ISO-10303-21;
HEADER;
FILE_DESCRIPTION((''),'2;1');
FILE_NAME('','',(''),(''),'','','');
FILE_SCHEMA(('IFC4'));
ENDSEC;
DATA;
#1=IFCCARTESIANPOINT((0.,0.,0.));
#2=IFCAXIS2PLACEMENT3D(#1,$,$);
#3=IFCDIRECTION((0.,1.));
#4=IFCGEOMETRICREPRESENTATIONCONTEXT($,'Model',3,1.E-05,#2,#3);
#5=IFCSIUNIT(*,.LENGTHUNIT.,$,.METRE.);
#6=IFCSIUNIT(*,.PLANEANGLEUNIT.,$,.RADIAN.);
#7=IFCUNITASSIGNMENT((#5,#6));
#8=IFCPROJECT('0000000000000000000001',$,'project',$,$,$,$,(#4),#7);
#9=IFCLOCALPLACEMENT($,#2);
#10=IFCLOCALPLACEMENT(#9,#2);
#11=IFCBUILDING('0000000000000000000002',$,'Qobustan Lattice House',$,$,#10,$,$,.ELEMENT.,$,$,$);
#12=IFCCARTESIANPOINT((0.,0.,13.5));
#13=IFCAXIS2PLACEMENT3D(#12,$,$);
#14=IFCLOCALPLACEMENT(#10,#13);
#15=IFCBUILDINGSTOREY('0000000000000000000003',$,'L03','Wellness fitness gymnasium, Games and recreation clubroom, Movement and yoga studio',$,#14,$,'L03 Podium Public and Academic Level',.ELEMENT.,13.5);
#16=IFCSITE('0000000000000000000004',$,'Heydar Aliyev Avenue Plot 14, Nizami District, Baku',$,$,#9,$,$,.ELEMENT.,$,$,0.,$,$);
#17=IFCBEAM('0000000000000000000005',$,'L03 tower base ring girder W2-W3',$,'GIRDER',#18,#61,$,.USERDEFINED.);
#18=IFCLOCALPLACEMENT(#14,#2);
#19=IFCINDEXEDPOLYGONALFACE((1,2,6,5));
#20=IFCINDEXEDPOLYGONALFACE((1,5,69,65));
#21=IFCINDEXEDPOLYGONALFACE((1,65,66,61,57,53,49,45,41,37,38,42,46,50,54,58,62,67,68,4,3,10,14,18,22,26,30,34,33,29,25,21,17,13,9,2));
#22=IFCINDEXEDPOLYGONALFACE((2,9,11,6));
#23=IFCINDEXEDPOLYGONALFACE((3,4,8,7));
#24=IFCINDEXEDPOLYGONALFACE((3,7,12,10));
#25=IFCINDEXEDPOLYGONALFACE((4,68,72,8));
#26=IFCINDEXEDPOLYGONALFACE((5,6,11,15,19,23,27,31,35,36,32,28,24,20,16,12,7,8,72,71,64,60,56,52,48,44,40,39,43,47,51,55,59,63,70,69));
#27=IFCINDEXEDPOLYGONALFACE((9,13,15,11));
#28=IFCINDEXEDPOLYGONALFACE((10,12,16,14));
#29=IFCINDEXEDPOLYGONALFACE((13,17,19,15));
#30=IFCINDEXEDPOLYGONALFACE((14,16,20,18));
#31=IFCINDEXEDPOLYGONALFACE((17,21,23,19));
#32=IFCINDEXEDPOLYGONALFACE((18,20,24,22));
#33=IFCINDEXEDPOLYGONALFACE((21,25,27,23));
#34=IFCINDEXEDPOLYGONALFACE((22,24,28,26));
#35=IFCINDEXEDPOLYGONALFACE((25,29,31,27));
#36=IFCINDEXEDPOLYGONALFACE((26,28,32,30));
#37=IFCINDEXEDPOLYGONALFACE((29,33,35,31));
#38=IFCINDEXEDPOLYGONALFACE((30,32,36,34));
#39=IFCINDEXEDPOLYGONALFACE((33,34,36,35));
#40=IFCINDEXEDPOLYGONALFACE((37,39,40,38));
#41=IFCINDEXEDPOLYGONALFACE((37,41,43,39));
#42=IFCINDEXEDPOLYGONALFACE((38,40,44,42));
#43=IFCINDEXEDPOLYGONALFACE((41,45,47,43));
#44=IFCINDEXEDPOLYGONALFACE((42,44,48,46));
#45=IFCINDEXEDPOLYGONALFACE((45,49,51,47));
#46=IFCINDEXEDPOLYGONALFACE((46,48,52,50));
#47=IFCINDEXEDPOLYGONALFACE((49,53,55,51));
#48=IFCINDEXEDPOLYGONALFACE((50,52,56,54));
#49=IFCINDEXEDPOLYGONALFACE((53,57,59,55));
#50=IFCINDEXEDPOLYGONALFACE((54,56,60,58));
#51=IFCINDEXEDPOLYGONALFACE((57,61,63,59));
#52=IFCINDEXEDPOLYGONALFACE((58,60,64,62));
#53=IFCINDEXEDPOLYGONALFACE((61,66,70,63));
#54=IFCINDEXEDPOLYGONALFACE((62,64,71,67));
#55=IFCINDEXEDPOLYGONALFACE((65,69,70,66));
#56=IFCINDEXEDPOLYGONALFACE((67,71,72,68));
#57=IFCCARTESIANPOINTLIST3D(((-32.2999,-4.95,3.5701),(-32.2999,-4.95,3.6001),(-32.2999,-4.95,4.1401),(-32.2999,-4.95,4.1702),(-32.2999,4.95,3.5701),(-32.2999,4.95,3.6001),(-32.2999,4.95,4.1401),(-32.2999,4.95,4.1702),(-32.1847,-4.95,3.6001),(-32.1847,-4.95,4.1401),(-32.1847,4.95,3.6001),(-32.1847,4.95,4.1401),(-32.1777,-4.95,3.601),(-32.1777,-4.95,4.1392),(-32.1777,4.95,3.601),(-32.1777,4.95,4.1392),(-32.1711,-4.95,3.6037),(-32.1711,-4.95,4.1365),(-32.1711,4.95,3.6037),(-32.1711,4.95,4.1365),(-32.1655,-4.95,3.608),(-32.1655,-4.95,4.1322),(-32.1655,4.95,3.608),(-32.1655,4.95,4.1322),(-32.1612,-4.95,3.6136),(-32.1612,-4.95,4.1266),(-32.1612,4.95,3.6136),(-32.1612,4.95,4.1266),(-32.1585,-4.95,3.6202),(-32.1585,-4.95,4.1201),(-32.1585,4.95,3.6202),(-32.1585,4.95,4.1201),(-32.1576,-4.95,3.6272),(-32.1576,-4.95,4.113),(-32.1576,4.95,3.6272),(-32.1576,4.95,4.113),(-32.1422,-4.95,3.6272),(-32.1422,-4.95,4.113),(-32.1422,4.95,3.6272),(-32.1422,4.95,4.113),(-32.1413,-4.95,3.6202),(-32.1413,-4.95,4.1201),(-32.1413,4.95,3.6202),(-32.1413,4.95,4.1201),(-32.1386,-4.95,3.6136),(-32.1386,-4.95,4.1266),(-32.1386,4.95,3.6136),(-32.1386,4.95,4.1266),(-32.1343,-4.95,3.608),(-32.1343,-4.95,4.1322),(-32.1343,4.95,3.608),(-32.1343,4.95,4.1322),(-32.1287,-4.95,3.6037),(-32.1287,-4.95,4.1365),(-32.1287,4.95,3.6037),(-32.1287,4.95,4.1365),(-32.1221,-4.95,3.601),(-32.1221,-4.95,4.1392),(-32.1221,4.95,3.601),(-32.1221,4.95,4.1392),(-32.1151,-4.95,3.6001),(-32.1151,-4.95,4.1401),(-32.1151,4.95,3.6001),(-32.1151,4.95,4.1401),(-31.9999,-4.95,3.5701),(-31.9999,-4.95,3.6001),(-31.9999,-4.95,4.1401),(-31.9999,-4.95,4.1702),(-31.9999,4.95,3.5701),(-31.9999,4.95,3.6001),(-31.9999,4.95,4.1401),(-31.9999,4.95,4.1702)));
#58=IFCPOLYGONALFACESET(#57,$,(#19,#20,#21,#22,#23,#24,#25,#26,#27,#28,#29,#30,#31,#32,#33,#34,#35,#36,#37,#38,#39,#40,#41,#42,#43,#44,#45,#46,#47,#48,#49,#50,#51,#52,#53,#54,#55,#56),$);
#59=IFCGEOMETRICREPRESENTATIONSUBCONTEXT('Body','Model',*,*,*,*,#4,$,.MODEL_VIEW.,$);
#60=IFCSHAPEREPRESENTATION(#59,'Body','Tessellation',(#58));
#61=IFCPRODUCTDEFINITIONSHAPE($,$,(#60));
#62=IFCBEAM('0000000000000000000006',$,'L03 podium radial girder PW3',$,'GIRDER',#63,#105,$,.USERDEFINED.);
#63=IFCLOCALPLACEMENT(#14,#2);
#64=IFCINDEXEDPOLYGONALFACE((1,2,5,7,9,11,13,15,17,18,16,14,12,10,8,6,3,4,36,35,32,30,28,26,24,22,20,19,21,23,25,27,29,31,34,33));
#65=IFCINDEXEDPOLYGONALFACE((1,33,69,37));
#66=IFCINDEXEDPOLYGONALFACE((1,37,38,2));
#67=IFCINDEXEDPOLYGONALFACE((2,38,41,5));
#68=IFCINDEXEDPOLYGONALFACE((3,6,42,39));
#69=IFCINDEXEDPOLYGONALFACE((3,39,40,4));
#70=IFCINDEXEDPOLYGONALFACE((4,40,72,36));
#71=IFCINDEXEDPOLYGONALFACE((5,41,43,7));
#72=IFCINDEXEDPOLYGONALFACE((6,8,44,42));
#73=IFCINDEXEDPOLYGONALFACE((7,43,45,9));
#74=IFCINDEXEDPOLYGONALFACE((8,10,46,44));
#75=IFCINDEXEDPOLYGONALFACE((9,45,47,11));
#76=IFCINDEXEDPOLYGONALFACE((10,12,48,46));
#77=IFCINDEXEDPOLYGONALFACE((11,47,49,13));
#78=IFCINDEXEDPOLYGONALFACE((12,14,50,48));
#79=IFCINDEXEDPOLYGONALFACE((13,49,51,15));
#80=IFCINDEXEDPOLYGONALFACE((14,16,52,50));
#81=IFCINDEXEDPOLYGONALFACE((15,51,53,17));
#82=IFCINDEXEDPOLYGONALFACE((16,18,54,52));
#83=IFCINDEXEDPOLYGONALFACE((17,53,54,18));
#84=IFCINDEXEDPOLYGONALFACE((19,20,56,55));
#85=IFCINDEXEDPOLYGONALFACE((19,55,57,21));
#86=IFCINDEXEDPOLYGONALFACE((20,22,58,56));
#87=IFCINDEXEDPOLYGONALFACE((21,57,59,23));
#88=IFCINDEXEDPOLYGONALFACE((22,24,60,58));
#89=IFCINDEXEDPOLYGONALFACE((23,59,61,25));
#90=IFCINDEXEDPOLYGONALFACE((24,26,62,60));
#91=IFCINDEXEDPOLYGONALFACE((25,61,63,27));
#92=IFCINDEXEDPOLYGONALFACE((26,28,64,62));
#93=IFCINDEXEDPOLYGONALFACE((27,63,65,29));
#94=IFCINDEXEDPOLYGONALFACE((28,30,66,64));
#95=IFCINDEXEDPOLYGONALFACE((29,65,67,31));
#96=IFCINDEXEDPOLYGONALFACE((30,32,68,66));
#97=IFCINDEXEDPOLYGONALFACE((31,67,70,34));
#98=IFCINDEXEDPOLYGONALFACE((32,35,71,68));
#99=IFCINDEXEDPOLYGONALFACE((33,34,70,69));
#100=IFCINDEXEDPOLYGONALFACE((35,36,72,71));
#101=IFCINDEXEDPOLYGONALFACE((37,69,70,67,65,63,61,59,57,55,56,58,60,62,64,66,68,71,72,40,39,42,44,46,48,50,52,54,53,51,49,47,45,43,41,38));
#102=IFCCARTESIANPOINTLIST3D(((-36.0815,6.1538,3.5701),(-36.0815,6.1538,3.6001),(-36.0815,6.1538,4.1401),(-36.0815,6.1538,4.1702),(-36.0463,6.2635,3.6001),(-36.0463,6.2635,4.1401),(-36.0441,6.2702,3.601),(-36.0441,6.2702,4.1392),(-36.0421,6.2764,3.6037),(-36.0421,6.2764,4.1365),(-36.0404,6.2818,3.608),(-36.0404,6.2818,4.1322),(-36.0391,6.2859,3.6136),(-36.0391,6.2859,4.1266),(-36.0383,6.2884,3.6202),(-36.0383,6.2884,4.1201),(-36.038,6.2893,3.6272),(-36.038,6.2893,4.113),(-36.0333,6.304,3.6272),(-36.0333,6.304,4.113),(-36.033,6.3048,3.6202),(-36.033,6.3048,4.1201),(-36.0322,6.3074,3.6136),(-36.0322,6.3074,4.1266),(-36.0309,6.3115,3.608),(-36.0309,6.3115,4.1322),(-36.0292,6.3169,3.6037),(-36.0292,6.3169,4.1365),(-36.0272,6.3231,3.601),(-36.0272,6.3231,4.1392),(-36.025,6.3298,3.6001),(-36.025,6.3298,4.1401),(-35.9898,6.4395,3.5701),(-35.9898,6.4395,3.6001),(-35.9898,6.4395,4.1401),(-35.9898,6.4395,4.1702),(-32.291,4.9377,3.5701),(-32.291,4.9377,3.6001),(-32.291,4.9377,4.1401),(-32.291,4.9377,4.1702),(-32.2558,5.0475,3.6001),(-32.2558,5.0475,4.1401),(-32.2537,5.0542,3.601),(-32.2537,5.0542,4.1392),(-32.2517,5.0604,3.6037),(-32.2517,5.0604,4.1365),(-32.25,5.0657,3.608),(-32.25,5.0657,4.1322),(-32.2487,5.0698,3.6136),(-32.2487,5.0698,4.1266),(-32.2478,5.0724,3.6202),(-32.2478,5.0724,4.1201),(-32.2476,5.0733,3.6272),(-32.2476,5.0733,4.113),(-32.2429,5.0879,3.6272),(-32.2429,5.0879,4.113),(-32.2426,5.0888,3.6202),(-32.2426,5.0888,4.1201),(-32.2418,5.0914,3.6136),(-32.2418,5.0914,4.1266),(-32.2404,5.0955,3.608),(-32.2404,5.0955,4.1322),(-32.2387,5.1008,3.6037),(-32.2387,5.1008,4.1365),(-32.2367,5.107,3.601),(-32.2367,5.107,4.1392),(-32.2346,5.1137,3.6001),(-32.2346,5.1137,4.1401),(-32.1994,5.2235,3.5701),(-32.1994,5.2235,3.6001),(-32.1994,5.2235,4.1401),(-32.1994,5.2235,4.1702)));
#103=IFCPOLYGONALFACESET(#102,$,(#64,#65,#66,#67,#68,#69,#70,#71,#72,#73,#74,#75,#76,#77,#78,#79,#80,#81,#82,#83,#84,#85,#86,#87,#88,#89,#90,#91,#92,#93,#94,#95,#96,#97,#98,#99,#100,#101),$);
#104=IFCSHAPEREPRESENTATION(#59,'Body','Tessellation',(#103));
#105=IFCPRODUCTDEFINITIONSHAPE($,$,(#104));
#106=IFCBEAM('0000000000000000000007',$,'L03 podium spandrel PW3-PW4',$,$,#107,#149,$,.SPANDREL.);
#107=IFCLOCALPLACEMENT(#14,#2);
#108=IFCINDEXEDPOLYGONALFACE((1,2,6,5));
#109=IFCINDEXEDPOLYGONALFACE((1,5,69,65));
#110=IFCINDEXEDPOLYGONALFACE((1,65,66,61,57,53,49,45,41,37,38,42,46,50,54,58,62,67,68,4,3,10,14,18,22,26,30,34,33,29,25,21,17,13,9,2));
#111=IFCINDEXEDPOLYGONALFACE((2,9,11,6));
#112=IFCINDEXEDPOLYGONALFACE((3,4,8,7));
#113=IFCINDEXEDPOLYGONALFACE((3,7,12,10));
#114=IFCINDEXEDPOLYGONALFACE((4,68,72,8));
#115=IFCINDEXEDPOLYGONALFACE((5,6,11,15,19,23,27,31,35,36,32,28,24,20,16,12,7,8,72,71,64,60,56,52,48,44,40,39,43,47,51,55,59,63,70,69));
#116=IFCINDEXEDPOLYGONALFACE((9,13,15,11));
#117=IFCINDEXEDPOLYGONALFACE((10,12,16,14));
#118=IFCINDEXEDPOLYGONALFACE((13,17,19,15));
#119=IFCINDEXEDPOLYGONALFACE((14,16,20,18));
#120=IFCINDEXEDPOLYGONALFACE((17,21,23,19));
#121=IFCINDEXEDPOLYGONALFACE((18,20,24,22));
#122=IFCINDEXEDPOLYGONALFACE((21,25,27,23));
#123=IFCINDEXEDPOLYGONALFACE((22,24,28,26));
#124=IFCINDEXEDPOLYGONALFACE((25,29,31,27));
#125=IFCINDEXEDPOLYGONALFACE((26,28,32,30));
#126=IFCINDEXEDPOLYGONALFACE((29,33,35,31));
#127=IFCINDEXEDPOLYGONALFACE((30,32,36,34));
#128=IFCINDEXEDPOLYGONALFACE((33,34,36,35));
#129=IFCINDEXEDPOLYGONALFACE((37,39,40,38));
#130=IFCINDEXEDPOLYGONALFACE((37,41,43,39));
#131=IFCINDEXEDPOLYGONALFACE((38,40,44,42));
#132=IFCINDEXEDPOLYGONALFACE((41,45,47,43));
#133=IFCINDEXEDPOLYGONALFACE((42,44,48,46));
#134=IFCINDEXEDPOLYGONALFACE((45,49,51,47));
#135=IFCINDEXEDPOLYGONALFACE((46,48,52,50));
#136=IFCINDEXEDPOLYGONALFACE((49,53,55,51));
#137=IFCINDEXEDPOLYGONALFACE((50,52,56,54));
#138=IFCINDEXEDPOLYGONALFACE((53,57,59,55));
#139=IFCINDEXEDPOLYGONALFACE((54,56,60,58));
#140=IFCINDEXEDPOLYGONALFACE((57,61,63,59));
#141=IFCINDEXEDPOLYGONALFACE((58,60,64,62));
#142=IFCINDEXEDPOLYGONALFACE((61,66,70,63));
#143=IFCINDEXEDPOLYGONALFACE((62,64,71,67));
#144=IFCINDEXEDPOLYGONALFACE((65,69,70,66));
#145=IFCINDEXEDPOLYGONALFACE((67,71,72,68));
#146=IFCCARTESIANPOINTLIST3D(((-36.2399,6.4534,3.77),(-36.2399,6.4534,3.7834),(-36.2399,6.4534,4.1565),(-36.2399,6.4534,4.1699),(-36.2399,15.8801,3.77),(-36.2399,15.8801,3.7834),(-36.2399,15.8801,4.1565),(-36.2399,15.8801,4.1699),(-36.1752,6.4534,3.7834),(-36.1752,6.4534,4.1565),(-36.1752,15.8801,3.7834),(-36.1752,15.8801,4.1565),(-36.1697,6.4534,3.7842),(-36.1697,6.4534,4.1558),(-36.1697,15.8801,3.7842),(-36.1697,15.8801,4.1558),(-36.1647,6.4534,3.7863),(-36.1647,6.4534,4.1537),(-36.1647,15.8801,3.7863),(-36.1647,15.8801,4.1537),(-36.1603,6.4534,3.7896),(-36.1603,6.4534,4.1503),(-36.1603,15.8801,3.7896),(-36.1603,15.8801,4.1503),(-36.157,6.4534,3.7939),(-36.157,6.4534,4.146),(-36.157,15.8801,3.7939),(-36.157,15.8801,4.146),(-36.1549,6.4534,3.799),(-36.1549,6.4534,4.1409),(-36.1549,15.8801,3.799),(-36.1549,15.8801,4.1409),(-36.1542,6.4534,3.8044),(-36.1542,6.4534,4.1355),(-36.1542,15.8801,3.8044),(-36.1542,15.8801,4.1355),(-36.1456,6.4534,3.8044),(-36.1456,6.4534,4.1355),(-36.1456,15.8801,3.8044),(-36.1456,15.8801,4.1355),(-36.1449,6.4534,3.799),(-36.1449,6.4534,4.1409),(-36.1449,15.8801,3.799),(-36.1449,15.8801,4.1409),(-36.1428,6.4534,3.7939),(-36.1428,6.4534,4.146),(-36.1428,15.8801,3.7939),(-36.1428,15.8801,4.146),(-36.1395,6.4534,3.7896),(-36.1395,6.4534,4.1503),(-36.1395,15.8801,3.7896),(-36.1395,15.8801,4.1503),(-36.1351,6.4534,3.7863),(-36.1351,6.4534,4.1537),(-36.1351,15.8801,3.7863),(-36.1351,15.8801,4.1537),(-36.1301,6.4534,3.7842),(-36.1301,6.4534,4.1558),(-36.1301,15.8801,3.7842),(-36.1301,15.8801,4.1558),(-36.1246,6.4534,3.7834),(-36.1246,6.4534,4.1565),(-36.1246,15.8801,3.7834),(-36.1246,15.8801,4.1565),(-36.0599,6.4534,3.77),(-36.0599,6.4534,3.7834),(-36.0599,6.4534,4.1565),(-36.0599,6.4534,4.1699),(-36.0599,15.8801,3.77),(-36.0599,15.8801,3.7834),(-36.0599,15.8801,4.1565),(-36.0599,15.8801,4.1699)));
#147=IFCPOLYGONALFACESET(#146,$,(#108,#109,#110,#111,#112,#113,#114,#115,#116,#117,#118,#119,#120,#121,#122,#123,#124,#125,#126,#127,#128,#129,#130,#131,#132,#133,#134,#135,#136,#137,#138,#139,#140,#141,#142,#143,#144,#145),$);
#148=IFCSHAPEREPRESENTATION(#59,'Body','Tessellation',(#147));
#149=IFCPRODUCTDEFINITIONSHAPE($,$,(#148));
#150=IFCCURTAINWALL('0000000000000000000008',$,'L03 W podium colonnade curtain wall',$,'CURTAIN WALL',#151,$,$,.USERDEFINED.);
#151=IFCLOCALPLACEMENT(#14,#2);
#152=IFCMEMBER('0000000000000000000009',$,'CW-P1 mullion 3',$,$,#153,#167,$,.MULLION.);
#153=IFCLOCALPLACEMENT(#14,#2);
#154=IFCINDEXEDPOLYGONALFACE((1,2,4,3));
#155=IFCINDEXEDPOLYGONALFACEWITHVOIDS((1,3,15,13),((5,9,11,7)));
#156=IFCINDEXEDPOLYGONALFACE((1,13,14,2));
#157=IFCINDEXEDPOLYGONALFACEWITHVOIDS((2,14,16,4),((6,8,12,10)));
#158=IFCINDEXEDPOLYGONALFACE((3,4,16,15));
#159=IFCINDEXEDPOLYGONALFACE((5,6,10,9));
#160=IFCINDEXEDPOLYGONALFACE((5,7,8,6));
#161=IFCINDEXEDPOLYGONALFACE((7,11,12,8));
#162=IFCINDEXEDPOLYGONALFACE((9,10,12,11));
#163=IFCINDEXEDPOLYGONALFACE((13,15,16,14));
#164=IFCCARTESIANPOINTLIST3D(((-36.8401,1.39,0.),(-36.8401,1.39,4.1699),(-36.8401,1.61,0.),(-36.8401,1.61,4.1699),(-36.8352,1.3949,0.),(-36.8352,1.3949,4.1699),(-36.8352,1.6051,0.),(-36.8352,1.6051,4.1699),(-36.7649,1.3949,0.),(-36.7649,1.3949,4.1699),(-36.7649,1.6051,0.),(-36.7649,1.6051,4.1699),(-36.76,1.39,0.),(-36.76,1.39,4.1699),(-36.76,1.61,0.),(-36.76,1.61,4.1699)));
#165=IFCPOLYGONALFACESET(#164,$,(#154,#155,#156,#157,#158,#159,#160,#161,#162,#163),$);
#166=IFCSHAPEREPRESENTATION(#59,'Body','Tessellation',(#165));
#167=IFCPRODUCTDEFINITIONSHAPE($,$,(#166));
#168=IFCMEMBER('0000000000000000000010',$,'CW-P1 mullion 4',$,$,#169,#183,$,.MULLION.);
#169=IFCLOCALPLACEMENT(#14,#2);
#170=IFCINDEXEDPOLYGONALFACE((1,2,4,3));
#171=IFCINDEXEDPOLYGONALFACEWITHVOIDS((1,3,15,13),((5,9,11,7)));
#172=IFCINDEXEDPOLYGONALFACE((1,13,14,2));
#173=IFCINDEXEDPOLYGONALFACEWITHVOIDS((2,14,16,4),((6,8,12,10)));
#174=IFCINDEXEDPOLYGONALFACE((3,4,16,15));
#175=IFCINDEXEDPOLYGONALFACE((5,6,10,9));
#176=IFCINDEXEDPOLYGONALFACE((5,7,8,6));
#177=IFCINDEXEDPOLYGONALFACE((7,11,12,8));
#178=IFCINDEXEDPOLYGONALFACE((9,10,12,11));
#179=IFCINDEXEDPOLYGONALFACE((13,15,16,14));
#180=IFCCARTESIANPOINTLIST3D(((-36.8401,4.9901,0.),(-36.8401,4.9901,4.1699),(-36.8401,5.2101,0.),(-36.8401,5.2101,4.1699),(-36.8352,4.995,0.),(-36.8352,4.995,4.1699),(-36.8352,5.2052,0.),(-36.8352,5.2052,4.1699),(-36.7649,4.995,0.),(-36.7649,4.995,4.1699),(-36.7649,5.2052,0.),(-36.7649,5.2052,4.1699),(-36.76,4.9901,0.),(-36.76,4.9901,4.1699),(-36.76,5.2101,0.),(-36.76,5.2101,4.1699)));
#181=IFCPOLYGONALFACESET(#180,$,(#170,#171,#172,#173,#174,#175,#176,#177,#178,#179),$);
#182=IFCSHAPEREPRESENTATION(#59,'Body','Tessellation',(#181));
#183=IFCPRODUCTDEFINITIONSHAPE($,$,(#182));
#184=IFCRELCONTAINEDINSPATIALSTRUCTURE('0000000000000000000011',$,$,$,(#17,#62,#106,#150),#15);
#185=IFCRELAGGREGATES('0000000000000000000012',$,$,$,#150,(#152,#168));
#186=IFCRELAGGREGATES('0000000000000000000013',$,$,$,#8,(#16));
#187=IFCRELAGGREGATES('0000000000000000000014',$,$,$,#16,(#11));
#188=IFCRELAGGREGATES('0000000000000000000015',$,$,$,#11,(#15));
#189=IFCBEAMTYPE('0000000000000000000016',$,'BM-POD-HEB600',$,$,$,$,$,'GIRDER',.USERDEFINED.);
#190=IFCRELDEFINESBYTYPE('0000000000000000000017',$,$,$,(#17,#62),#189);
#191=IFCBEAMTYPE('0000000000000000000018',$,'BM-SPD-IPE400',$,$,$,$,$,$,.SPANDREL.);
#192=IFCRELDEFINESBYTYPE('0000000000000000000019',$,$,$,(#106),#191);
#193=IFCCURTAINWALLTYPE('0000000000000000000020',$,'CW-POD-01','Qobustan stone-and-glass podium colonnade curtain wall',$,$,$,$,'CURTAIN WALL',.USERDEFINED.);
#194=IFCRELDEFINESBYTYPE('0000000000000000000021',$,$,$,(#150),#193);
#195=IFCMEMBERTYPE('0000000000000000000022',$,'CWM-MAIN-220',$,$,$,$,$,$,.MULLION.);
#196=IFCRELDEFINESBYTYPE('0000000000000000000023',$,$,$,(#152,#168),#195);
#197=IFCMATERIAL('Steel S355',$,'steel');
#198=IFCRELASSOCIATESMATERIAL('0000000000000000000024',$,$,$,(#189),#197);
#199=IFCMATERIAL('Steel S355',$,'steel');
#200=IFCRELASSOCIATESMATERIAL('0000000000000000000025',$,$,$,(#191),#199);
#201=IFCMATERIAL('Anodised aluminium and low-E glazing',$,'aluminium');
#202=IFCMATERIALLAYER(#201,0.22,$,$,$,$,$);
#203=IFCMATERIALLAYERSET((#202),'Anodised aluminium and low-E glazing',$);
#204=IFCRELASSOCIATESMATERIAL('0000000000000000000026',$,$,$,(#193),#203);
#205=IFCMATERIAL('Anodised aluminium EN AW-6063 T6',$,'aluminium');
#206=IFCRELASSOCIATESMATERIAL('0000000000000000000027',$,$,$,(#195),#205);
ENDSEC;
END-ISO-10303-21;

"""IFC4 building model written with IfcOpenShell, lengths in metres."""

from ifc_helpers import new_model, si_unit, direction, frame, origin, origin_2d, place, context, subcontext, project, spatial, hollow_rectangle, i_section, extrude, material, layer, layer_set, material_profile, profile_set, type_object, element, aggregate, save


model = new_model("IFC4")

# Units and contexts
model_context = context("Model", 3, precision=1e-05, world=origin(), true_north=direction((0.0, 1.0)))
body_context = subcontext(model_context, "Body", "Model", "MODEL_VIEW")
ifc_project = project(units=[si_unit("LENGTHUNIT", "METRE"), si_unit("PLANEANGLEUNIT", "RADIAN")], contexts=[model_context])

# Site, building, storey
site_placement = place(None, origin())
site = spatial("IfcSite", under=ifc_project, at=site_placement, Name="Heydar Aliyev Avenue Plot 14, Nizami District, Baku", CompositionType="ELEMENT", RefElevation=0.0)
building_placement = place(site_placement, origin())
building = spatial("IfcBuilding", under=site, at=building_placement, Name="Qobustan Lattice House", CompositionType="ELEMENT")
storey_placement = place(building_placement, frame((0.0, 0.0, 13.5)))
storey = spatial("IfcBuildingStorey", under=building, at=storey_placement, Name="L03", Description="Wellness fitness gymnasium, Games and recreation clubroom, Movement and yoga studio", LongName="L03 Podium Public and Academic Level", CompositionType="ELEMENT", Elevation=13.5)

# Beams
ifc_material_1 = material(Name="Steel S355", Category="steel")
ifc_material_profile_1 = material_profile(ifc_material_1, i_section(OverallWidth=0.3, OverallDepth=0.6001, WebThickness=0.0154, FlangeThickness=0.03, FilletRadius=0.0271, at=origin_2d()), Name="HEB600")
ifc_profile_set_1 = profile_set([ifc_material_profile_1], Name="Steel S355")
beam_type_1 = type_object("IfcBeamType", Name="BM-POD-HEB600", ElementType="GIRDER", PredefinedType="USERDEFINED", material=ifc_profile_set_1)
beam_1_placement = place(storey_placement, frame((-32.1499, 4.95, 3.8701), z_axis=(0.0, -1.0, 0.0), x_axis=(1.0, 0.0, 0.0)))
element("IfcBeam", 1, at=beam_1_placement, inside=storey, type_object=beam_type_1, Name="L03 tower base ring girder W2-W3", ObjectType="GIRDER", PredefinedType="USERDEFINED", context=body_context, shape_type="SweptSolid", body=[
    extrude(i_section(OverallWidth=0.3, OverallDepth=0.6001, WebThickness=0.0154, FlangeThickness=0.03, FilletRadius=0.0271, at=origin_2d()), origin(), (0.0, 0.0, 1.0), 9.8999),
])
beam_2_placement = place(storey_placement, frame((-36.0356, 6.2966, 3.8701), z_axis=(0.952198, -0.305481, 0.0), x_axis=(0.305481, 0.952198, 0.0)))
element("IfcBeam", 2, at=beam_2_placement, inside=storey, type_object=beam_type_1, Name="L03 podium radial girder PW3", ObjectType="GIRDER", PredefinedType="USERDEFINED", context=body_context, shape_type="SweptSolid", body=[
    extrude(i_section(OverallWidth=0.3, OverallDepth=0.6001, WebThickness=0.0154, FlangeThickness=0.03, FilletRadius=0.0271, at=origin_2d()), origin(), (0.0, 0.0, 1.0), 3.9807),
])
ifc_material_2 = material(Name="Steel S355", Category="steel")
ifc_material_profile_2 = material_profile(ifc_material_2, i_section(OverallWidth=0.1799, OverallDepth=0.3999, WebThickness=0.0085, FlangeThickness=0.0134, FilletRadius=0.021, at=origin_2d()), Name="IPE400")
ifc_profile_set_2 = profile_set([ifc_material_profile_2], Name="Steel S355")
beam_type_2 = type_object("IfcBeamType", Name="BM-SPD-IPE400", PredefinedType="SPANDREL", material=ifc_profile_set_2)
beam_3_placement = place(storey_placement, frame((-36.1499, 6.4534, 3.97), z_axis=(0.0, 1.0, 0.0), x_axis=(-1.0, 0.0, 0.0)))
element("IfcBeam", 3, at=beam_3_placement, inside=storey, type_object=beam_type_2, Name="L03 podium spandrel PW3-PW4", PredefinedType="SPANDREL", context=body_context, shape_type="SweptSolid", body=[
    extrude(i_section(OverallWidth=0.1799, OverallDepth=0.3999, WebThickness=0.0085, FlangeThickness=0.0134, FilletRadius=0.021, at=origin_2d()), origin(), (0.0, 0.0, 1.0), 9.4268),
])

# Curtain wall, members
ifc_material_3 = material(Name="Anodised aluminium and low-E glazing", Category="aluminium")
ifc_layer_1 = layer(ifc_material_3, 0.22)
ifc_layer_set_1 = layer_set([ifc_layer_1], Name="Anodised aluminium and low-E glazing")
curtain_wall_type = type_object("IfcCurtainWallType", Name="CW-POD-01", Description="Qobustan stone-and-glass podium colonnade curtain wall", ElementType="CURTAIN WALL", PredefinedType="USERDEFINED", material=ifc_layer_set_1)
curtain_wall_placement = place(storey_placement, origin())
curtain_wall = element("IfcCurtainWall", 4, at=curtain_wall_placement, inside=storey, type_object=curtain_wall_type, Name="L03 W podium colonnade curtain wall", ObjectType="CURTAIN WALL", PredefinedType="USERDEFINED")
ifc_material_4 = material(Name="Anodised aluminium EN AW-6063 T6", Category="aluminium")
ifc_material_profile_3 = material_profile(ifc_material_4, hollow_rectangle(XDim=0.0801, YDim=0.22, WallThickness=0.0049, at=origin_2d()), Name="CWM-220x80")
ifc_profile_set_3 = profile_set([ifc_material_profile_3], Name="Anodised aluminium EN AW-6063 T6")
member_type_1 = type_object("IfcMemberType", Name="CWM-MAIN-220", PredefinedType="MULLION", material=ifc_profile_set_3)
member_1_placement = place(storey_placement, frame((-36.8, 1.5, 0.0), z_axis=(0.0, 0.0, 1.0), x_axis=(-1.0, 0.0, 0.0)))
member_1 = element("IfcMember", 5, at=member_1_placement, type_object=member_type_1, Name="CW-P1 mullion 3", PredefinedType="MULLION", context=body_context, shape_type="SweptSolid", body=[
    extrude(hollow_rectangle(XDim=0.0801, YDim=0.22, WallThickness=0.0049, at=origin_2d()), origin(), (0.0, 0.0, 1.0), 4.1699),
])
member_2_placement = place(storey_placement, frame((-36.8, 5.1001, 0.0), z_axis=(0.0, 0.0, 1.0), x_axis=(-1.0, 0.0, 0.0)))
member_2 = element("IfcMember", 6, at=member_2_placement, type_object=member_type_1, Name="CW-P1 mullion 4", PredefinedType="MULLION", context=body_context, shape_type="SweptSolid", body=[
    extrude(hollow_rectangle(XDim=0.0801, YDim=0.22, WallThickness=0.0049, at=origin_2d()), origin(), (0.0, 0.0, 1.0), 4.1699),
])
aggregate(curtain_wall, [member_1, member_2])

save(model, "model.ifc")
